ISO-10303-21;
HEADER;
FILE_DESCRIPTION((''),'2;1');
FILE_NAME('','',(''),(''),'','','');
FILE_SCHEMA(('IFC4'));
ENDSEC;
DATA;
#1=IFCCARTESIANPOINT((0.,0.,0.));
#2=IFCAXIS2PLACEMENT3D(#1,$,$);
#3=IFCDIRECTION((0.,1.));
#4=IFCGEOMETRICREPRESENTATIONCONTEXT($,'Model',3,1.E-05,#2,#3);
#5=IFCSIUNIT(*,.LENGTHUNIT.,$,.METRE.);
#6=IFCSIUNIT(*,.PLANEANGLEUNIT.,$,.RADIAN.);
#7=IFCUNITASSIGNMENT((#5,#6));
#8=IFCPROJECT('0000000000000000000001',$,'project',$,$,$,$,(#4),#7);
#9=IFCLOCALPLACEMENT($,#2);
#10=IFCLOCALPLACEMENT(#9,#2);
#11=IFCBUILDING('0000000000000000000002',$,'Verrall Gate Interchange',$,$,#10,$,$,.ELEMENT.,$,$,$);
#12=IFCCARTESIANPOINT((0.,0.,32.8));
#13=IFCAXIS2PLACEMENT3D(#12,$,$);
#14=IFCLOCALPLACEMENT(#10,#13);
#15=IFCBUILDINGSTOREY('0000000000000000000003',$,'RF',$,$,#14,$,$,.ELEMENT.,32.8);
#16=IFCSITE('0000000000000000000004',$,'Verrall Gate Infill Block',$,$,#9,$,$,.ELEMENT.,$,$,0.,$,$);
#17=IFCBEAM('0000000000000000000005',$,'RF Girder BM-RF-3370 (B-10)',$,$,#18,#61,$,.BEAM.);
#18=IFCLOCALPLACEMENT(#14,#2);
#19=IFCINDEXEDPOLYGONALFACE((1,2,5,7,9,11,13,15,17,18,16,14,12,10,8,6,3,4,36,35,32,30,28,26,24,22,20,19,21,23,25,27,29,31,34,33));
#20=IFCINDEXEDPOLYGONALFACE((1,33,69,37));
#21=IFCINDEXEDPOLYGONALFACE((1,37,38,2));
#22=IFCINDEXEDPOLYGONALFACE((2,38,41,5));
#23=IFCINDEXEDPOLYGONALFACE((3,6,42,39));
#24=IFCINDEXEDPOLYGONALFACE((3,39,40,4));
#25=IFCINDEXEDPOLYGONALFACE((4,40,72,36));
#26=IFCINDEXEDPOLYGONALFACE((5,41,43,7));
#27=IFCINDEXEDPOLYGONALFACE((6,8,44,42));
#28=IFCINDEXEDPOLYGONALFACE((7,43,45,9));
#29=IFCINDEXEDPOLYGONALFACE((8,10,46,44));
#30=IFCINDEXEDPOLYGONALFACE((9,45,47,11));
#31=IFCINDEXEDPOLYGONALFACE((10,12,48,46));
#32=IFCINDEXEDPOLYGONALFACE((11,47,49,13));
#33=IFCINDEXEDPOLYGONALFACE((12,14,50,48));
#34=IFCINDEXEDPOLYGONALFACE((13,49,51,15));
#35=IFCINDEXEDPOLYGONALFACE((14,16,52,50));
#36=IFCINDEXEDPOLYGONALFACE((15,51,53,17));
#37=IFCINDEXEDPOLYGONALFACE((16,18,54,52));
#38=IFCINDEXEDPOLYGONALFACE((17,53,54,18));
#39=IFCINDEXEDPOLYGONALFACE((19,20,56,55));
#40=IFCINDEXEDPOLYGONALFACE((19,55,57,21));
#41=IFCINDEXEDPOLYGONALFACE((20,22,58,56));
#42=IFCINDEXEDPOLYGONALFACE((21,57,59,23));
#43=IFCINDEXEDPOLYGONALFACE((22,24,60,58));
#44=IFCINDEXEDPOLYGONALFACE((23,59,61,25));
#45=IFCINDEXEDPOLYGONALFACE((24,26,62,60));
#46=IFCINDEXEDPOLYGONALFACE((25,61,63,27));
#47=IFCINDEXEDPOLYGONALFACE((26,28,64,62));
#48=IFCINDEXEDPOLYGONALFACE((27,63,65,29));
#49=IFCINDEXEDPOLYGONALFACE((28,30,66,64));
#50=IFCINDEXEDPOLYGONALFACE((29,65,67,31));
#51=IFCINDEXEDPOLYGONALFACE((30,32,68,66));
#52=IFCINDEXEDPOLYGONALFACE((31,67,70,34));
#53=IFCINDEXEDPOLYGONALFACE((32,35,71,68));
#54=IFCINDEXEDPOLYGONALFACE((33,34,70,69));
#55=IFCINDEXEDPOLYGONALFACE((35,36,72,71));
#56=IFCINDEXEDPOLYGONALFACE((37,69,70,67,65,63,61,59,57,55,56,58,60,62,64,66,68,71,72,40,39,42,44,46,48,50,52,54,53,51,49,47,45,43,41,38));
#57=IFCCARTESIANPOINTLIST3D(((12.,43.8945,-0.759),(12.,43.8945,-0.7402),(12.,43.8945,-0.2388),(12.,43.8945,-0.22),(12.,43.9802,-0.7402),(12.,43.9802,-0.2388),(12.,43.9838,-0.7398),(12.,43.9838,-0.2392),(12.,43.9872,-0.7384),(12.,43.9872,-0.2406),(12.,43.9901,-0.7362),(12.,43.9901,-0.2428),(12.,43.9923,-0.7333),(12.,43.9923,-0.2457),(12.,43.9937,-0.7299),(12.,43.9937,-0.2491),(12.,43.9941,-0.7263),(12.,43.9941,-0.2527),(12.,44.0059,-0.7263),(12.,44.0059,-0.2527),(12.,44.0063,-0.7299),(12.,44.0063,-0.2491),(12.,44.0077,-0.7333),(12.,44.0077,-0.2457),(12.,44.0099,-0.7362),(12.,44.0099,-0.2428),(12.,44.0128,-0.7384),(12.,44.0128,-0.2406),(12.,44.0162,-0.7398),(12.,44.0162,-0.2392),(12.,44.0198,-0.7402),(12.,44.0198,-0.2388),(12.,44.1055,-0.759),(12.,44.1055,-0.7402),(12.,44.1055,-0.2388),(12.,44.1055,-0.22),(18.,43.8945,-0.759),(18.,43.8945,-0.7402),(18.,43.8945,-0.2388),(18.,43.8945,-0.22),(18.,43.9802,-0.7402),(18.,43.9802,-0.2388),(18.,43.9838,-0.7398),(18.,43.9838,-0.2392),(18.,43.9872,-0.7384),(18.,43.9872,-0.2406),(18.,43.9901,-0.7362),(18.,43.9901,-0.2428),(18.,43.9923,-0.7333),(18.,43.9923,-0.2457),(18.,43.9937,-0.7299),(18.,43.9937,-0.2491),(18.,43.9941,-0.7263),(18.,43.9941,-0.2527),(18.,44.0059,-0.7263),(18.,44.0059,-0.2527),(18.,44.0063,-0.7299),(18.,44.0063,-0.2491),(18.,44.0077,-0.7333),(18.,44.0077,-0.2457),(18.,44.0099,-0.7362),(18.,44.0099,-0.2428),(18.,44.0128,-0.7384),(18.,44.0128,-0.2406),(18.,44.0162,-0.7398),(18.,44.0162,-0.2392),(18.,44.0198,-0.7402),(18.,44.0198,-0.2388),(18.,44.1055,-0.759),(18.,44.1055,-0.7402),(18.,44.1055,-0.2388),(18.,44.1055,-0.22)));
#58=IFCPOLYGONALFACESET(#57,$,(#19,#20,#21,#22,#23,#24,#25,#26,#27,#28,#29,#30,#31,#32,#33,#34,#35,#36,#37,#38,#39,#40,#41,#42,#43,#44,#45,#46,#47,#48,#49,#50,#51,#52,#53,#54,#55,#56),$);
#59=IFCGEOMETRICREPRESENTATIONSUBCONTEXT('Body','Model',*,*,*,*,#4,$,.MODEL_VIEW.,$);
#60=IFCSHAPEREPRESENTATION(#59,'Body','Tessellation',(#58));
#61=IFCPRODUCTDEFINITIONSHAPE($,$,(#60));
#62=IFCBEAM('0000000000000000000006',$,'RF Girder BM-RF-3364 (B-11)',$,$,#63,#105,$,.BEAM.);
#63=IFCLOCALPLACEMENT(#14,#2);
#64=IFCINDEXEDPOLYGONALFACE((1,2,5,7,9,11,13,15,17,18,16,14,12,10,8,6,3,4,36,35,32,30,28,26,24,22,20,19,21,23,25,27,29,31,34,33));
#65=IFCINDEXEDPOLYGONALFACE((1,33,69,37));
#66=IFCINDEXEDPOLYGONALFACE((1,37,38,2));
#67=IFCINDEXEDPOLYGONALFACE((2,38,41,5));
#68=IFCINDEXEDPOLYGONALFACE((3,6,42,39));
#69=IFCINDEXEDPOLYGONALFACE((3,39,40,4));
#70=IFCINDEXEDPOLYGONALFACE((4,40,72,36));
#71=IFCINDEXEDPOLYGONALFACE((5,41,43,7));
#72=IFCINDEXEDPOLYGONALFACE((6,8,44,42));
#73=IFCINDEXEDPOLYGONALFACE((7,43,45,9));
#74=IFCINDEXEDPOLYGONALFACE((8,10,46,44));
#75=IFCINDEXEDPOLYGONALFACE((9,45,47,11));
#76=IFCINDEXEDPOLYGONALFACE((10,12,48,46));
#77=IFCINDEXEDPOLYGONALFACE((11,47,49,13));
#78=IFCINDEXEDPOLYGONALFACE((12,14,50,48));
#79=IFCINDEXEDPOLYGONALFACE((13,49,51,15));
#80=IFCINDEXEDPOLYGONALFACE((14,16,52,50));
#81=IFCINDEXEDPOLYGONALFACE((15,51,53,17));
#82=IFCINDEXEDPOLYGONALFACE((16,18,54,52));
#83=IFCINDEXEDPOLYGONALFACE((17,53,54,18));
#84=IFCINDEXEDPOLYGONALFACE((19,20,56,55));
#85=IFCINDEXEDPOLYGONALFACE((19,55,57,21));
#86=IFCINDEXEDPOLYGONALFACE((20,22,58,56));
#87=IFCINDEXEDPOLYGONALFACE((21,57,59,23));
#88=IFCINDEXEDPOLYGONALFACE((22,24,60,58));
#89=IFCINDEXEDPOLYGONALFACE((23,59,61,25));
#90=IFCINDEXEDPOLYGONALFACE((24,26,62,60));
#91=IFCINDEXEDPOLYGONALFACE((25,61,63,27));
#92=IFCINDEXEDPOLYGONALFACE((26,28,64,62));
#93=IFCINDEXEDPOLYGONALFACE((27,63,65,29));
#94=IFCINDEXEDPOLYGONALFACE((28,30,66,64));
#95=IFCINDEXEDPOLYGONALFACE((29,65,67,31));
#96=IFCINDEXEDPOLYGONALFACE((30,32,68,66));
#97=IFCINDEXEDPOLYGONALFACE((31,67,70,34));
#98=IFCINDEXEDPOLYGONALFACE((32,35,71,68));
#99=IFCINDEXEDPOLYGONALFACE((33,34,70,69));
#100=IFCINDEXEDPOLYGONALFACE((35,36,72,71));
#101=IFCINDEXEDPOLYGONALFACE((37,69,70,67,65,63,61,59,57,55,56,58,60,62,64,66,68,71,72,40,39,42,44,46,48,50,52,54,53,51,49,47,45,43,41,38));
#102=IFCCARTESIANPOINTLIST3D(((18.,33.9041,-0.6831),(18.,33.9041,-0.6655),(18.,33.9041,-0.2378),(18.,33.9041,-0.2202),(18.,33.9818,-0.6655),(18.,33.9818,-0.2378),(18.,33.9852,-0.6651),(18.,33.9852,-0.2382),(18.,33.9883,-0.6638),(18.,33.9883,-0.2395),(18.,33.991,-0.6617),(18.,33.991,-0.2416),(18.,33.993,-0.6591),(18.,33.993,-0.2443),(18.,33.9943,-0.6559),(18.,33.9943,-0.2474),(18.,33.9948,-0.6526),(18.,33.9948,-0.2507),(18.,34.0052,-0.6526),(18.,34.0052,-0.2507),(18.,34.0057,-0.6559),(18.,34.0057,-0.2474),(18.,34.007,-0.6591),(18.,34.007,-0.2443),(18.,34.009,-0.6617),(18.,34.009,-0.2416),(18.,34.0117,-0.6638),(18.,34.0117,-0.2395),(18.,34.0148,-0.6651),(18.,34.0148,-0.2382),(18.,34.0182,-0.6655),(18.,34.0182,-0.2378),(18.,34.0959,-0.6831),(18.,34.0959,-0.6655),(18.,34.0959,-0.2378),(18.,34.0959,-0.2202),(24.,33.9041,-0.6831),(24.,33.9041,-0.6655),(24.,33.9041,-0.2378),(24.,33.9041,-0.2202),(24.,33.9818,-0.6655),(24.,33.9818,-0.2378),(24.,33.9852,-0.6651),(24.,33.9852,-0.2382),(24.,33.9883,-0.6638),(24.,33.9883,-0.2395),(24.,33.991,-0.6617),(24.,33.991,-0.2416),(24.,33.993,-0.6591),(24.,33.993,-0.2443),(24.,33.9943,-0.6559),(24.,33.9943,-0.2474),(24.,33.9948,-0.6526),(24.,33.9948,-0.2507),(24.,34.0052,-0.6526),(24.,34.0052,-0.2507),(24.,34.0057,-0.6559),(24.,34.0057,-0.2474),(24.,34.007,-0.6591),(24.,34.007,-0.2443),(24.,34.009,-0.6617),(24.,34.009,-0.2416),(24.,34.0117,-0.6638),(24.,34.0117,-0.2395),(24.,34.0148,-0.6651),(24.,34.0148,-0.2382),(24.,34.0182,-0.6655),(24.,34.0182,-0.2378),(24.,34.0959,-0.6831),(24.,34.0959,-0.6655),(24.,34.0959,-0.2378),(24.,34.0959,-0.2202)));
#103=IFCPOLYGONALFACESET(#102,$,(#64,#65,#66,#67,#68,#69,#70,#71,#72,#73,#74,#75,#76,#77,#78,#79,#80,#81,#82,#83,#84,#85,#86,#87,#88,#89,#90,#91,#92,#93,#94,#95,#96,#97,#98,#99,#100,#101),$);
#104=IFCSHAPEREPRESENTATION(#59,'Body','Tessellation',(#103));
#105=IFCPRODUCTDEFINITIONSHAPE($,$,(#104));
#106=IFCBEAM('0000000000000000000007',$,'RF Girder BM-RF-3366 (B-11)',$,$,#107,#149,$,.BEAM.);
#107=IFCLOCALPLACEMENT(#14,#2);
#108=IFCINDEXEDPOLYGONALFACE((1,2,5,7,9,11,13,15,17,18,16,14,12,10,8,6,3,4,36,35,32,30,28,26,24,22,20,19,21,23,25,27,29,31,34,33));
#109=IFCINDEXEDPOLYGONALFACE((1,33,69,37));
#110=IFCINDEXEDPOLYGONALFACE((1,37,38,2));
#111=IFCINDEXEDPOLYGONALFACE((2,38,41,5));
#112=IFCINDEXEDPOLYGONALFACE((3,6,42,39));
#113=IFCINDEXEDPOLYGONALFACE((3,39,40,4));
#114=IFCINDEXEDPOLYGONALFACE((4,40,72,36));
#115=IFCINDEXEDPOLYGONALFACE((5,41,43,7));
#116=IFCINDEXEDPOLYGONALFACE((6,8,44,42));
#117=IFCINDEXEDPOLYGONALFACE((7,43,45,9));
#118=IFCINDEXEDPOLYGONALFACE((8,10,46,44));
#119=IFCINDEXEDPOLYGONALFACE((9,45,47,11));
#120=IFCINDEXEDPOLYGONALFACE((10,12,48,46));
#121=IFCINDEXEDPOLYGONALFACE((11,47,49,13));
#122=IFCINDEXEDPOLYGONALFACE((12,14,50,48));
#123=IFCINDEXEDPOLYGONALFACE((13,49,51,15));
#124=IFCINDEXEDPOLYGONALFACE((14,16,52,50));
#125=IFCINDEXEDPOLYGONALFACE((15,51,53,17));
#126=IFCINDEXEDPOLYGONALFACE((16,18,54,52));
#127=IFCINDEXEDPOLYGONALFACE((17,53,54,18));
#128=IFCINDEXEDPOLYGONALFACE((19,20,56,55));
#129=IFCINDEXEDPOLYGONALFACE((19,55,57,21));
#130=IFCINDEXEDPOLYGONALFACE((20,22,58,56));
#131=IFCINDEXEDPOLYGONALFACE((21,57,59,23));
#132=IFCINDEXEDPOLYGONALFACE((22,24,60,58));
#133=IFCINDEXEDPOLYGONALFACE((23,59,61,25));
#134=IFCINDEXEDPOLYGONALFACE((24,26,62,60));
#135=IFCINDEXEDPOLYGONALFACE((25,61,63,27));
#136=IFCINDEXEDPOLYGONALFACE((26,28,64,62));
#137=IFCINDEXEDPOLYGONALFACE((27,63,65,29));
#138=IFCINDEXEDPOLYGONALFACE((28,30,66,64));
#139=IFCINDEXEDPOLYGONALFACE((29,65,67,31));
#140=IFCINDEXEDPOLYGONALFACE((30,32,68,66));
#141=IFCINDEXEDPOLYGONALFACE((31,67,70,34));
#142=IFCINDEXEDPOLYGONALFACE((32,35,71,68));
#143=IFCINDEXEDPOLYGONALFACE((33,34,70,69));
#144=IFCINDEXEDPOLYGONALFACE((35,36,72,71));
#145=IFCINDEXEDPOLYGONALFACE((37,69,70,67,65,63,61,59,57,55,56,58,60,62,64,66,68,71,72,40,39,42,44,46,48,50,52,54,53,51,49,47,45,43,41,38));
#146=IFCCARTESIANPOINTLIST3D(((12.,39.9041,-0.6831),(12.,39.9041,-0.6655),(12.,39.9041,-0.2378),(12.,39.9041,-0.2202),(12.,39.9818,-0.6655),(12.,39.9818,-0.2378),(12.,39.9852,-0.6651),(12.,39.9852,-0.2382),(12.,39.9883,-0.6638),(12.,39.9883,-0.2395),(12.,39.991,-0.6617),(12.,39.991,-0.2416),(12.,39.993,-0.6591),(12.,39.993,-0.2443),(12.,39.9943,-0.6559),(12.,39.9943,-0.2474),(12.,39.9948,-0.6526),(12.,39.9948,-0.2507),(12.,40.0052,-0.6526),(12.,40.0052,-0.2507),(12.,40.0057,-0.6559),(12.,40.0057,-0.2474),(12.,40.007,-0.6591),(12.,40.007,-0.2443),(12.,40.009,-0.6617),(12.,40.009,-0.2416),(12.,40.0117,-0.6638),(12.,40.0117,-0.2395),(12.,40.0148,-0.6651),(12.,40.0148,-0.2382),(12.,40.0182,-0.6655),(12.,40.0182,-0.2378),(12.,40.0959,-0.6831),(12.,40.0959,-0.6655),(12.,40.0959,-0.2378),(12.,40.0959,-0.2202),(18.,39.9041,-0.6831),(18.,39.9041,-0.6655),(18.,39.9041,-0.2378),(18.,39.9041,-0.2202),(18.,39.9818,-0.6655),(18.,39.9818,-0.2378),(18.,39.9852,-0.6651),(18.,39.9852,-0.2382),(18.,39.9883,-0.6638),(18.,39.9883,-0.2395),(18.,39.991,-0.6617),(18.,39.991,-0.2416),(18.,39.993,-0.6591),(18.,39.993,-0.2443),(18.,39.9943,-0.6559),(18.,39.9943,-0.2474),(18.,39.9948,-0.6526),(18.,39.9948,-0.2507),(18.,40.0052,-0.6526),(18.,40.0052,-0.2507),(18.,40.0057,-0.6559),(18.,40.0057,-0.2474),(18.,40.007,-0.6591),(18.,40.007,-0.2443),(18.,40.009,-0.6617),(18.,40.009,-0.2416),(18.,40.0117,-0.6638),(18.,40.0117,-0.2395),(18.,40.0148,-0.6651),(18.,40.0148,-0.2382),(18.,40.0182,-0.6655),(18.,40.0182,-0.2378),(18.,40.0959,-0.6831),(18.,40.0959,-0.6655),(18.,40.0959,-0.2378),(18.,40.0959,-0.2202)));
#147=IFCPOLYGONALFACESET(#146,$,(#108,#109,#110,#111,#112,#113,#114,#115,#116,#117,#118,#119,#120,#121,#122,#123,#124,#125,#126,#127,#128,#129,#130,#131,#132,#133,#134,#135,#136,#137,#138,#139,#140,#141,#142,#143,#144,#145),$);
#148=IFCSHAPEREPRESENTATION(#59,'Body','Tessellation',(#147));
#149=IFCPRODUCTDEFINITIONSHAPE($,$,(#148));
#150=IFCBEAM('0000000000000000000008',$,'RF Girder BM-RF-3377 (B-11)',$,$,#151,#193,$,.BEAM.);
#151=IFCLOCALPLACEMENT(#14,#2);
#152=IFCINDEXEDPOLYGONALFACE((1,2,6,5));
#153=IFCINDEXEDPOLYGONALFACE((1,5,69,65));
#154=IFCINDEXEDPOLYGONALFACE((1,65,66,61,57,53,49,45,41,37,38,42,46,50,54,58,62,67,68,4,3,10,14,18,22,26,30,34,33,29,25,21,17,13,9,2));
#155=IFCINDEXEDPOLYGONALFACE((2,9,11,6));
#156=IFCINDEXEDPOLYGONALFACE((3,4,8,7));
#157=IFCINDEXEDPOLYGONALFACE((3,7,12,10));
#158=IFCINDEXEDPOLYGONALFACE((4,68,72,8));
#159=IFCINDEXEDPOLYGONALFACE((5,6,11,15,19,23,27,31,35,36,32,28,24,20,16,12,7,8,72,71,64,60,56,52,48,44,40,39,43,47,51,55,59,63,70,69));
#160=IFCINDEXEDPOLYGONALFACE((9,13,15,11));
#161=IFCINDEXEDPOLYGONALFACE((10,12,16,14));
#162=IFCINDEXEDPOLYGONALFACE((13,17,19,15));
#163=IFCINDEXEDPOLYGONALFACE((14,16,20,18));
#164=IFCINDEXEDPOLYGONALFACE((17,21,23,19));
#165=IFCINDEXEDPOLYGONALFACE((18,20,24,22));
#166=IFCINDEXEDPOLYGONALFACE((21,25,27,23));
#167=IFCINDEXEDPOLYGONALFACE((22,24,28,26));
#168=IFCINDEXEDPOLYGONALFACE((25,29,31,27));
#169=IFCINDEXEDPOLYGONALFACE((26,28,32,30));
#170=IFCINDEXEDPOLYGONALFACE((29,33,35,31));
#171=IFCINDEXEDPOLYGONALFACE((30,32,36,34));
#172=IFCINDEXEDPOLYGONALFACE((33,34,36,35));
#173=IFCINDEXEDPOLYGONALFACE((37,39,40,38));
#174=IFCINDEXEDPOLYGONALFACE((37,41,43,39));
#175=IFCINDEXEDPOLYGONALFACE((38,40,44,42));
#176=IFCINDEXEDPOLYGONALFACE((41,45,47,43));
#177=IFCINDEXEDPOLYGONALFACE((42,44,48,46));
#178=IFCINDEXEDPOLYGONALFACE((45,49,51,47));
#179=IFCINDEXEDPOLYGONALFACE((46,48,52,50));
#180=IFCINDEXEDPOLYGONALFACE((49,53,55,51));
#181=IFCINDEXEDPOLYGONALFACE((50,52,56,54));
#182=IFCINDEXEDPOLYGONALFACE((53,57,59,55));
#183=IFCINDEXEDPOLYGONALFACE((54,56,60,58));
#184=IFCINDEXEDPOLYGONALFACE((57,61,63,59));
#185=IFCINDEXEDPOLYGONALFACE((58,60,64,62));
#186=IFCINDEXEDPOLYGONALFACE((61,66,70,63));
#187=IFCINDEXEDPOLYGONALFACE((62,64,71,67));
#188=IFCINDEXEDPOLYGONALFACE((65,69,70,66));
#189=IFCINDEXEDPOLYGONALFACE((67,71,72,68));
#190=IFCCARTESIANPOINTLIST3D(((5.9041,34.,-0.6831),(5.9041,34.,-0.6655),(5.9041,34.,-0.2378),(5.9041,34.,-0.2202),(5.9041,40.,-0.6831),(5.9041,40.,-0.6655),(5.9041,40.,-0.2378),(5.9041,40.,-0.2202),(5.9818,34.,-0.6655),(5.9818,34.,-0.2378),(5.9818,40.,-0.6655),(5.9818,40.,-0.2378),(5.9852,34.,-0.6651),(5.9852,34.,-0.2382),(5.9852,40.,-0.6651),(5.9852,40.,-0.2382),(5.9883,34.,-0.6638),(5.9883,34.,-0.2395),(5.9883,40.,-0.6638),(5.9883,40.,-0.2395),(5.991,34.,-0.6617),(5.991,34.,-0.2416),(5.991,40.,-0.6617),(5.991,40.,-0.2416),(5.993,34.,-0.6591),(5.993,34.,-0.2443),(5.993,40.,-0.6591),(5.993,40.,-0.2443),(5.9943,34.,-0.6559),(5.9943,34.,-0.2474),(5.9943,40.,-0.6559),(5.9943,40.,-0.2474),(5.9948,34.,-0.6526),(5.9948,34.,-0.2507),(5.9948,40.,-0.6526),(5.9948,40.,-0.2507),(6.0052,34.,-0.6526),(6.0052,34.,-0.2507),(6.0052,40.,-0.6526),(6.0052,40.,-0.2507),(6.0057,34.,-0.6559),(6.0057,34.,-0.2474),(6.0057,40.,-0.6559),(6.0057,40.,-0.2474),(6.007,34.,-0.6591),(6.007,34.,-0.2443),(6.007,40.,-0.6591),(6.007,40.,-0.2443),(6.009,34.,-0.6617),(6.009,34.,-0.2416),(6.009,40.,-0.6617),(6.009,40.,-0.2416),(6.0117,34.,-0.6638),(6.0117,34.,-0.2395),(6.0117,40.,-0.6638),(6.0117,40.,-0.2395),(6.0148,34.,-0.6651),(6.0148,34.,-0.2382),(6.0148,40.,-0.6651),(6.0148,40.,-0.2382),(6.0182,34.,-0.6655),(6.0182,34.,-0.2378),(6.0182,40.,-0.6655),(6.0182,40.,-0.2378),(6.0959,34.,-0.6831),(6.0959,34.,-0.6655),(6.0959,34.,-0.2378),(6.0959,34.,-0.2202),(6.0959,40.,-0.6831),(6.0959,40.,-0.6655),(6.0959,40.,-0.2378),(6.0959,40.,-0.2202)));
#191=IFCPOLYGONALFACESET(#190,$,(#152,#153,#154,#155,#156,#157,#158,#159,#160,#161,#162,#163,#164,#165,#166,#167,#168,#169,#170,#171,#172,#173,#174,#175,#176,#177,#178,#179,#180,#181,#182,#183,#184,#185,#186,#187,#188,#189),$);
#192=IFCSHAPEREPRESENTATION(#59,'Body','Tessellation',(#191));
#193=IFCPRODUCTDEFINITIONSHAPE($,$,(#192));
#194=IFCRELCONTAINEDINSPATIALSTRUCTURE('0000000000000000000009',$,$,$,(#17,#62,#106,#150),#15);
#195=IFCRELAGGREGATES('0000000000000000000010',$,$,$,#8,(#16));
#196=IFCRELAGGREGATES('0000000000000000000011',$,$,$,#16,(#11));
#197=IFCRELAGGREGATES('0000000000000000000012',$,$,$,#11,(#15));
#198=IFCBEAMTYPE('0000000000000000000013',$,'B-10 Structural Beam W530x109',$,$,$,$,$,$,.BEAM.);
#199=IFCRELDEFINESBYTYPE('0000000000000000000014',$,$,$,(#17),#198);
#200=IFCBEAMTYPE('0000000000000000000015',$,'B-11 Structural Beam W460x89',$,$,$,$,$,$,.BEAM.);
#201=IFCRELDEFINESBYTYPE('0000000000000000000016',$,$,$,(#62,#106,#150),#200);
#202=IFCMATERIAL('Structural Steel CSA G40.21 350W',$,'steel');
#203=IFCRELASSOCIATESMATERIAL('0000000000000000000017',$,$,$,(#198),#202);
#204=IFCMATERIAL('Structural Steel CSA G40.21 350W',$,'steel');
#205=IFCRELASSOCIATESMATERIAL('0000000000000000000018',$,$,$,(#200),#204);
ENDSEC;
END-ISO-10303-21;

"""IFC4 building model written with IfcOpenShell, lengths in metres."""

from ifc_helpers import new_model, si_unit, direction, frame, origin, origin_2d, place, context, subcontext, project, spatial, i_section, extrude, material, material_profile, profile_set, type_object, element, save


model = new_model("IFC4")

# Units and contexts
model_context = context("Model", 3, precision=1e-05, world=origin(), true_north=direction((0.0, 1.0)))
body_context = subcontext(model_context, "Body", "Model", "MODEL_VIEW")
ifc_project = project(units=[si_unit("LENGTHUNIT", "METRE"), si_unit("PLANEANGLEUNIT", "RADIAN")], contexts=[model_context])

# Site, building, storey
site_placement = place(None, origin())
site = spatial("IfcSite", under=ifc_project, at=site_placement, Name="Verrall Gate Infill Block", CompositionType="ELEMENT", RefElevation=0.0)
building_placement = place(site_placement, origin())
building = spatial("IfcBuilding", under=site, at=building_placement, Name="Verrall Gate Interchange", CompositionType="ELEMENT")
storey_placement = place(building_placement, frame((0.0, 0.0, 32.8)))
storey = spatial("IfcBuildingStorey", under=building, at=storey_placement, Name="RF", CompositionType="ELEMENT", Elevation=32.8)

# Beams
ifc_material_1 = material(Name="Structural Steel CSA G40.21 350W", Category="steel")
ifc_material_profile_1 = material_profile(ifc_material_1, i_section(OverallWidth=0.2109, OverallDepth=0.5391, WebThickness=0.0117, FlangeThickness=0.0188, FilletRadius=0.0139, at=origin_2d()), Name="W530x109")
ifc_profile_set_1 = profile_set([ifc_material_profile_1], Name="Structural Steel CSA G40.21 350W")
beam_type_1 = type_object("IfcBeamType", Name="B-10 Structural Beam W530x109", PredefinedType="BEAM", material=ifc_profile_set_1)
for number, where, z_axis, x_axis, name in (
    (1, (12.0, 44.0, -0.4895), (1.0, 0.0, 0.0), (0.0, 1.0, 0.0), "RF Girder BM-RF-3370 (B-10)"),
):
    element("IfcBeam", number, at=place(storey_placement, frame(where, z_axis=z_axis, x_axis=x_axis)), inside=storey, type_object=beam_type_1, Name=name, PredefinedType="BEAM", context=body_context, shape_type="SweptSolid", body=[
        extrude(i_section(OverallWidth=0.2109, OverallDepth=0.5391, WebThickness=0.0117, FlangeThickness=0.0188, FilletRadius=0.0139, at=origin_2d()), origin(), (0.0, 0.0, 1.0), 6.0),
    ])
ifc_material_2 = material(Name="Structural Steel CSA G40.21 350W", Category="steel")
ifc_material_profile_2 = material_profile(ifc_material_2, i_section(OverallWidth=0.1919, OverallDepth=0.4629, WebThickness=0.0105, FlangeThickness=0.0176, FilletRadius=0.0129, at=origin_2d()), Name="W460x89")
ifc_profile_set_2 = profile_set([ifc_material_profile_2], Name="Structural Steel CSA G40.21 350W")
beam_type_2 = type_object("IfcBeamType", Name="B-11 Structural Beam W460x89", PredefinedType="BEAM", material=ifc_profile_set_2)
for number, where, z_axis, x_axis, name in (
    (2, (18.0, 34.0, -0.4517), (1.0, 0.0, 0.0), (0.0, 1.0, 0.0), "RF Girder BM-RF-3364 (B-11)"),
    (3, (12.0, 40.0, -0.4517), (1.0, 0.0, 0.0), (0.0, 1.0, 0.0), "RF Girder BM-RF-3366 (B-11)"),
    (4, (6.0, 34.0, -0.4517), (0.0, 1.0, 0.0), (-1.0, 0.0, 0.0), "RF Girder BM-RF-3377 (B-11)"),
):
    element("IfcBeam", number, at=place(storey_placement, frame(where, z_axis=z_axis, x_axis=x_axis)), inside=storey, type_object=beam_type_2, Name=name, PredefinedType="BEAM", context=body_context, shape_type="SweptSolid", body=[
        extrude(i_section(OverallWidth=0.1919, OverallDepth=0.4629, WebThickness=0.0105, FlangeThickness=0.0176, FilletRadius=0.0129, at=origin_2d()), origin(), (0.0, 0.0, 1.0), 6.0),
    ])

save(model, "model.ifc")
